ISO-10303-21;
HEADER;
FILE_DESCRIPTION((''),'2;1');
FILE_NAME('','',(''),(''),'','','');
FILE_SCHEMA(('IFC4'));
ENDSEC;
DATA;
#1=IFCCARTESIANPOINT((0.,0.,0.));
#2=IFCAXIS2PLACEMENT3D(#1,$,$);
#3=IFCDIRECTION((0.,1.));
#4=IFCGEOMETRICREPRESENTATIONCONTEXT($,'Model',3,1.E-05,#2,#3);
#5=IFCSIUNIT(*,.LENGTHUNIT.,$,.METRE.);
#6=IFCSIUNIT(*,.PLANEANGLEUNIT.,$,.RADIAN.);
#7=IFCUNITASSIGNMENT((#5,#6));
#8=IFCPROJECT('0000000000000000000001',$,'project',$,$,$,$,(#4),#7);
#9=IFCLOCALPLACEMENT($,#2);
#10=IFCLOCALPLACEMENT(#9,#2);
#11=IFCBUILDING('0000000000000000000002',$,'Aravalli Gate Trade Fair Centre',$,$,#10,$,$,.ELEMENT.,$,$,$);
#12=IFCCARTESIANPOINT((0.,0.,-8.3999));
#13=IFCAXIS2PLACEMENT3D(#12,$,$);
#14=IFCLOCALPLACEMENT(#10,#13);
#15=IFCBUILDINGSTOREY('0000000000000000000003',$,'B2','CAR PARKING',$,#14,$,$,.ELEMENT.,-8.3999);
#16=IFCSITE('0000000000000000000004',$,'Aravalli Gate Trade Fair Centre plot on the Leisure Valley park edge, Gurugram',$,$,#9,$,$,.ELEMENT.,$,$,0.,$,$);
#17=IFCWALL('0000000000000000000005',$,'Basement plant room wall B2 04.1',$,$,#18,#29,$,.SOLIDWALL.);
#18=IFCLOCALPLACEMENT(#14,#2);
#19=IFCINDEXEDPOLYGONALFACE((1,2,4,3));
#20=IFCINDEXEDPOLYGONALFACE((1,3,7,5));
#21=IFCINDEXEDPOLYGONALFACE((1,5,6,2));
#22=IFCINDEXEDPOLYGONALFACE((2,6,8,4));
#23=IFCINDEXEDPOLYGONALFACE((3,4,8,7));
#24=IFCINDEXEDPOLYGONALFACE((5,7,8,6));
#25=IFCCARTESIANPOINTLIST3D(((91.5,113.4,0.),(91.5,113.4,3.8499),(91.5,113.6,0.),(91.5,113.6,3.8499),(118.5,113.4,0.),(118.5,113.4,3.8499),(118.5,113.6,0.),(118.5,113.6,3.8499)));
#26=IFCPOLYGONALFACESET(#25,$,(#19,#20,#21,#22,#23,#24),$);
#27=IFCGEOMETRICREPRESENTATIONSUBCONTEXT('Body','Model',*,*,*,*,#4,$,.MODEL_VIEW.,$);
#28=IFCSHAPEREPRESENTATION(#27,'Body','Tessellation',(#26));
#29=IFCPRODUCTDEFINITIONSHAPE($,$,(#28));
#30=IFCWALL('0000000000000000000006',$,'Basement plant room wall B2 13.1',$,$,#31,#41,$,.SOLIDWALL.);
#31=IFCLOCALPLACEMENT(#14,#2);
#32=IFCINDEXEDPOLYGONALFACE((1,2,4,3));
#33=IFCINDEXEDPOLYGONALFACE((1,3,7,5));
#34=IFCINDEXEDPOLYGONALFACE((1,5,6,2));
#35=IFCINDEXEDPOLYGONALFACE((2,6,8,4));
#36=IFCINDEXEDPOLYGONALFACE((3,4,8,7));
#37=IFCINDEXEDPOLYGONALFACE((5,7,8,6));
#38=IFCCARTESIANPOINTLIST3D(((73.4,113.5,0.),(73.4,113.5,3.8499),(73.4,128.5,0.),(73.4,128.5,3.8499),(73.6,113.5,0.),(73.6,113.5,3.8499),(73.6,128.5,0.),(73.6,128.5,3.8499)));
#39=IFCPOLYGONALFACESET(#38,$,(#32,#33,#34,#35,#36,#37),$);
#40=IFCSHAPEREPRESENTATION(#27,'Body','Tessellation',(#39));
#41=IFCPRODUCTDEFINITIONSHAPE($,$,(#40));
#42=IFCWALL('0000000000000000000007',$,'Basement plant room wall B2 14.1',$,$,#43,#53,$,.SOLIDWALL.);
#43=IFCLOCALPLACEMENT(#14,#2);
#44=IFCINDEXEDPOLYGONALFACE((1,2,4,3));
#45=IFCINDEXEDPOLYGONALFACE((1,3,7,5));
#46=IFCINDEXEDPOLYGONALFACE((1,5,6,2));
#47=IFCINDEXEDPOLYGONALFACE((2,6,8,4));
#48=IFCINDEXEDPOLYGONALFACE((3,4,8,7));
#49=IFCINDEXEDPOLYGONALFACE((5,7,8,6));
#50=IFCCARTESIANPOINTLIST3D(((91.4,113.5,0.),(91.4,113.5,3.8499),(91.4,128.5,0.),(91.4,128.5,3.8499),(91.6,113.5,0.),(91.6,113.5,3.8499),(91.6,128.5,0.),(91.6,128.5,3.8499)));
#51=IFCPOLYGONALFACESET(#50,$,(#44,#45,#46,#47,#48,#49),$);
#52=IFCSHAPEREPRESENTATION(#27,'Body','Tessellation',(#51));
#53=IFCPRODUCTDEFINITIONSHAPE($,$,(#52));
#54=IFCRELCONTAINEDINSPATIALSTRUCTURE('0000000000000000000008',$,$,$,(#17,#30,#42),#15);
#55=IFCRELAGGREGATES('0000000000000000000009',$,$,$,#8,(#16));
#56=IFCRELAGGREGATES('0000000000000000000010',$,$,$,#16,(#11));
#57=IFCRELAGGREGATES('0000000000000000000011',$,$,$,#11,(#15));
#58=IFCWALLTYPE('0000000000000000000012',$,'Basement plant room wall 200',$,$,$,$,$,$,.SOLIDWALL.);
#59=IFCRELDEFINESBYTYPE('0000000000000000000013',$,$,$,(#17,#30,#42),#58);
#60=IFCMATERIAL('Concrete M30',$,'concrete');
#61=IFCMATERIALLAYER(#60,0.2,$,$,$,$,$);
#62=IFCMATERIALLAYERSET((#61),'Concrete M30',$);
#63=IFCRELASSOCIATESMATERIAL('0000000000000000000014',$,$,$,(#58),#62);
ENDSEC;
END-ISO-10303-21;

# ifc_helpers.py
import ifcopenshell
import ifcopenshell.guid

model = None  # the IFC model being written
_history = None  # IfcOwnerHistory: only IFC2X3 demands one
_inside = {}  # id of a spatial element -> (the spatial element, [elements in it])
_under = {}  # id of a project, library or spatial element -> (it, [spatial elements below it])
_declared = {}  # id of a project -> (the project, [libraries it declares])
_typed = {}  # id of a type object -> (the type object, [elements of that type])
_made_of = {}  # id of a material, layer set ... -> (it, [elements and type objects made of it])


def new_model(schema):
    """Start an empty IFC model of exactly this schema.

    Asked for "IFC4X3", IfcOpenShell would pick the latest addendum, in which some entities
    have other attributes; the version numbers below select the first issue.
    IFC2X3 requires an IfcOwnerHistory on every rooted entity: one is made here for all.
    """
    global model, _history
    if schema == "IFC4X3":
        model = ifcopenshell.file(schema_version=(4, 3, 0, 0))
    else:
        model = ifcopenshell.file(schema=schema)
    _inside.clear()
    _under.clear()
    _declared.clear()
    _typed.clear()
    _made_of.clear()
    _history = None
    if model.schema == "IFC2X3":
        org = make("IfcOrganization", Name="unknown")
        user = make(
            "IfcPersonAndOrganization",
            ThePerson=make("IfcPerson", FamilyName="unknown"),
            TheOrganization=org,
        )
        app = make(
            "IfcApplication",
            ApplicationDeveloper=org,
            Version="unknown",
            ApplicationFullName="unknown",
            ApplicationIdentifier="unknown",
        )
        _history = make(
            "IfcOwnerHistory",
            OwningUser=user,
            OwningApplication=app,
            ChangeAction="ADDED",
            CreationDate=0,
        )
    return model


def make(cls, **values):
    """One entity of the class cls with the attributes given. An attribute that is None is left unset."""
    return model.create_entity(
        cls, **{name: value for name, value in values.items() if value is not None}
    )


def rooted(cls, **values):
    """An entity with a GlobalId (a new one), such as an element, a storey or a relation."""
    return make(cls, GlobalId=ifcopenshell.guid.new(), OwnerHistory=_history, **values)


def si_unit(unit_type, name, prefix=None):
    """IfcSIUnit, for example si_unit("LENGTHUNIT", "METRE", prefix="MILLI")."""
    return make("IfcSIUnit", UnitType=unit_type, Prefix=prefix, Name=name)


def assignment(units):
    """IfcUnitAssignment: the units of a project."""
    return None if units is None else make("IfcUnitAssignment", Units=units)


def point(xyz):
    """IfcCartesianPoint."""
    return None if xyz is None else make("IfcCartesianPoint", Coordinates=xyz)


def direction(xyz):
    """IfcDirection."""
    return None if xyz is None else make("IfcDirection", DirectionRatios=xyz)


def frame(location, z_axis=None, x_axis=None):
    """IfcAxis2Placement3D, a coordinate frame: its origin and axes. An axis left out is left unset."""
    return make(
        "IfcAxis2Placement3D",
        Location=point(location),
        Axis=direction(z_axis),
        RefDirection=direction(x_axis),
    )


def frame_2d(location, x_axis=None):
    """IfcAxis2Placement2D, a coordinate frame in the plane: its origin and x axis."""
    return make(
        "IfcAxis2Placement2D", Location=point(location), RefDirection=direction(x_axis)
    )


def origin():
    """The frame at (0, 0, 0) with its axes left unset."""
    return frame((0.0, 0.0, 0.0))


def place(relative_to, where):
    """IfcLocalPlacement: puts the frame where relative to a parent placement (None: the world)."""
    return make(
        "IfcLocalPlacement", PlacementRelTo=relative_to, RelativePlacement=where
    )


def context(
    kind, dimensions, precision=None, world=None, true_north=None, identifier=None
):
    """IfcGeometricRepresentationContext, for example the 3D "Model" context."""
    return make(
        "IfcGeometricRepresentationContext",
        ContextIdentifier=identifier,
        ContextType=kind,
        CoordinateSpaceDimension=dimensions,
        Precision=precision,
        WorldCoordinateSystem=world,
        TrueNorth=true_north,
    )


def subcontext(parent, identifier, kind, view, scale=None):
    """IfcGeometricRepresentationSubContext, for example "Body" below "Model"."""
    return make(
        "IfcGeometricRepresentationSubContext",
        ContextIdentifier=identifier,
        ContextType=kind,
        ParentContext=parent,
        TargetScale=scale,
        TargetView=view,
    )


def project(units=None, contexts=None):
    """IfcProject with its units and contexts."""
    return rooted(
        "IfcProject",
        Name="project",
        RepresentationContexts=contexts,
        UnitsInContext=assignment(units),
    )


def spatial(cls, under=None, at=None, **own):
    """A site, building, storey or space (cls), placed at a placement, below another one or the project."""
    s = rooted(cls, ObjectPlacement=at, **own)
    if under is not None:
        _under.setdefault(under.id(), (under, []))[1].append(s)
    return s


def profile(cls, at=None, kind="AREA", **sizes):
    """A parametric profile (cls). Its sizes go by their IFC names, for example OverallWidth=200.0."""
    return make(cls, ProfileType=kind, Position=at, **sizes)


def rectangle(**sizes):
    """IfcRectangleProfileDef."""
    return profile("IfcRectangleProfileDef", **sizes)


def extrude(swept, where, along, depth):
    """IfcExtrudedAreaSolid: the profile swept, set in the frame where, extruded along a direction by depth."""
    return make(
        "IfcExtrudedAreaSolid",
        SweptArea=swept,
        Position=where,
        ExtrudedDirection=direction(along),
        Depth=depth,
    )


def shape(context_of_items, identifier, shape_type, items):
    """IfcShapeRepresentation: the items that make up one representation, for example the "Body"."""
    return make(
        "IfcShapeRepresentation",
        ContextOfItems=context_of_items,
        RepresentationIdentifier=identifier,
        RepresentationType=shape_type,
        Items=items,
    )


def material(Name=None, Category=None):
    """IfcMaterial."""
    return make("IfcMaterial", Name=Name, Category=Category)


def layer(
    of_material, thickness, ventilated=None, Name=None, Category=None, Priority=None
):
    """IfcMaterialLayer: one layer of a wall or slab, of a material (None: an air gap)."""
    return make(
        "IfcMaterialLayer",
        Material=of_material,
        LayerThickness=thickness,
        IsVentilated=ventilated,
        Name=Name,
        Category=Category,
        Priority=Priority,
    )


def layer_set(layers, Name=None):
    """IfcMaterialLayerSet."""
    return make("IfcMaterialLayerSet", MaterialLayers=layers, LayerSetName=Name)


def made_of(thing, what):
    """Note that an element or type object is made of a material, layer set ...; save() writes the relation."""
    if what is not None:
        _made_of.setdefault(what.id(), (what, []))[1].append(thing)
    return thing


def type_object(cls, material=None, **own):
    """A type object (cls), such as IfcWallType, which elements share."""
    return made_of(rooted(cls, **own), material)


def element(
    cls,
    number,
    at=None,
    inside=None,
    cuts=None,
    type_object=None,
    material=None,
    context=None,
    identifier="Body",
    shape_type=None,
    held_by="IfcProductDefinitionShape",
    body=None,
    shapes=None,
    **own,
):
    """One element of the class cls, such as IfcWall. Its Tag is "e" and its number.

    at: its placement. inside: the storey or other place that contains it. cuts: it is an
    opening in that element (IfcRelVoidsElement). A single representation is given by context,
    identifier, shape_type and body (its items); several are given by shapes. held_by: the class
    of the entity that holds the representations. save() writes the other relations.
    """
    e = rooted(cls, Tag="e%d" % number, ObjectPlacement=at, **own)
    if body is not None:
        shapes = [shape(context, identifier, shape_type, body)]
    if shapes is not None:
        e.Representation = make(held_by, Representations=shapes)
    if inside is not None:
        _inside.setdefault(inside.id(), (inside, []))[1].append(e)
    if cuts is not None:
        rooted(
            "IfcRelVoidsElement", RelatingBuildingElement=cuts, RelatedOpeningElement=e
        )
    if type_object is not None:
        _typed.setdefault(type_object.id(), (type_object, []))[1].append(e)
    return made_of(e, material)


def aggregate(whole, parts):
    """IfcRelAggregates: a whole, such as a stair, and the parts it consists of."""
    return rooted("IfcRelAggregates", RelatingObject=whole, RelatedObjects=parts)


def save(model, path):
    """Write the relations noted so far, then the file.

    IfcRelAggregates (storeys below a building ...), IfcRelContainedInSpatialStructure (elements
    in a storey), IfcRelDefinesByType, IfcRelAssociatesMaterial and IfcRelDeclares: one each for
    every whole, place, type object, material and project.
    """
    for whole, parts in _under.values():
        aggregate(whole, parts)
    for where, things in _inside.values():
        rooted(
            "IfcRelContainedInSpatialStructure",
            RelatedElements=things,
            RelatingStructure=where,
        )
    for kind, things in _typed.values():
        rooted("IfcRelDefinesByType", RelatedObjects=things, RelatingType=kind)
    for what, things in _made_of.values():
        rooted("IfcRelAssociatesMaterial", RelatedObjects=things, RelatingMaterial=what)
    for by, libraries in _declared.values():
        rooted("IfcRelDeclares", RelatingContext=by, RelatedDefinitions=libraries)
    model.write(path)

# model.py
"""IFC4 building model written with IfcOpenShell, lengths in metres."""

from ifc_helpers import new_model, si_unit, direction, frame, frame_2d, origin, place, context, subcontext, project, spatial, rectangle, extrude, material, layer, layer_set, type_object, element, save


model = new_model("IFC4")

# Units and contexts
model_context = context("Model", 3, precision=1e-05, world=origin(), true_north=direction((0.0, 1.0)))
body_context = subcontext(model_context, "Body", "Model", "MODEL_VIEW")
ifc_project = project(units=[si_unit("LENGTHUNIT", "METRE"), si_unit("PLANEANGLEUNIT", "RADIAN")], contexts=[model_context])

# Site, building, storey
site_placement = place(None, origin())
site = spatial("IfcSite", under=ifc_project, at=site_placement, Name="Aravalli Gate Trade Fair Centre plot on the Leisure Valley park edge, Gurugram", CompositionType="ELEMENT", RefElevation=0.0)
building_placement = place(site_placement, origin())
building = spatial("IfcBuilding", under=site, at=building_placement, Name="Aravalli Gate Trade Fair Centre", CompositionType="ELEMENT")
storey_placement = place(building_placement, frame((0.0, 0.0, -8.3999)))
storey = spatial("IfcBuildingStorey", under=building, at=storey_placement, Name="B2", Description="CAR PARKING", CompositionType="ELEMENT", Elevation=-8.3999)

# Walls
ifc_material_1 = material(Name="Concrete M30", Category="concrete")
ifc_layer = layer(ifc_material_1, 0.2)
ifc_layer_set = layer_set([ifc_layer], Name="Concrete M30")
wall_type = type_object("IfcWallType", Name="Basement plant room wall 200", PredefinedType="SOLIDWALL", material=ifc_layer_set)
wall_1_placement = place(storey_placement, frame((91.5, 113.5, 0.0), z_axis=(0.0, 0.0, 1.0), x_axis=(1.0, 0.0, 0.0)))
element("IfcWall", 1, at=wall_1_placement, inside=storey, type_object=wall_type, Name="Basement plant room wall B2 04.1", PredefinedType="SOLIDWALL", context=body_context, shape_type="SweptSolid", body=[
    extrude(rectangle(XDim=27.0, YDim=0.2, at=frame_2d((13.5, 0.0))), origin(), (0.0, 0.0, 1.0), 3.8499),
])
for number, where, z_axis, x_axis, name in (
    (2, (73.5, 113.5, 0.0), (0.0, 0.0, 1.0), (0.0, 1.0, 0.0), "Basement plant room wall B2 13.1"),
    (3, (91.5, 113.5, 0.0), (0.0, 0.0, 1.0), (0.0, 1.0, 0.0), "Basement plant room wall B2 14.1"),
):
    element("IfcWall", number, at=place(storey_placement, frame(where, z_axis=z_axis, x_axis=x_axis)), inside=storey, type_object=wall_type, Name=name, PredefinedType="SOLIDWALL", context=body_context, shape_type="SweptSolid", body=[
        extrude(rectangle(XDim=15.0, YDim=0.2, at=frame_2d((7.5, 0.0))), origin(), (0.0, 0.0, 1.0), 3.8499),
    ])

save(model, "model.ifc")
